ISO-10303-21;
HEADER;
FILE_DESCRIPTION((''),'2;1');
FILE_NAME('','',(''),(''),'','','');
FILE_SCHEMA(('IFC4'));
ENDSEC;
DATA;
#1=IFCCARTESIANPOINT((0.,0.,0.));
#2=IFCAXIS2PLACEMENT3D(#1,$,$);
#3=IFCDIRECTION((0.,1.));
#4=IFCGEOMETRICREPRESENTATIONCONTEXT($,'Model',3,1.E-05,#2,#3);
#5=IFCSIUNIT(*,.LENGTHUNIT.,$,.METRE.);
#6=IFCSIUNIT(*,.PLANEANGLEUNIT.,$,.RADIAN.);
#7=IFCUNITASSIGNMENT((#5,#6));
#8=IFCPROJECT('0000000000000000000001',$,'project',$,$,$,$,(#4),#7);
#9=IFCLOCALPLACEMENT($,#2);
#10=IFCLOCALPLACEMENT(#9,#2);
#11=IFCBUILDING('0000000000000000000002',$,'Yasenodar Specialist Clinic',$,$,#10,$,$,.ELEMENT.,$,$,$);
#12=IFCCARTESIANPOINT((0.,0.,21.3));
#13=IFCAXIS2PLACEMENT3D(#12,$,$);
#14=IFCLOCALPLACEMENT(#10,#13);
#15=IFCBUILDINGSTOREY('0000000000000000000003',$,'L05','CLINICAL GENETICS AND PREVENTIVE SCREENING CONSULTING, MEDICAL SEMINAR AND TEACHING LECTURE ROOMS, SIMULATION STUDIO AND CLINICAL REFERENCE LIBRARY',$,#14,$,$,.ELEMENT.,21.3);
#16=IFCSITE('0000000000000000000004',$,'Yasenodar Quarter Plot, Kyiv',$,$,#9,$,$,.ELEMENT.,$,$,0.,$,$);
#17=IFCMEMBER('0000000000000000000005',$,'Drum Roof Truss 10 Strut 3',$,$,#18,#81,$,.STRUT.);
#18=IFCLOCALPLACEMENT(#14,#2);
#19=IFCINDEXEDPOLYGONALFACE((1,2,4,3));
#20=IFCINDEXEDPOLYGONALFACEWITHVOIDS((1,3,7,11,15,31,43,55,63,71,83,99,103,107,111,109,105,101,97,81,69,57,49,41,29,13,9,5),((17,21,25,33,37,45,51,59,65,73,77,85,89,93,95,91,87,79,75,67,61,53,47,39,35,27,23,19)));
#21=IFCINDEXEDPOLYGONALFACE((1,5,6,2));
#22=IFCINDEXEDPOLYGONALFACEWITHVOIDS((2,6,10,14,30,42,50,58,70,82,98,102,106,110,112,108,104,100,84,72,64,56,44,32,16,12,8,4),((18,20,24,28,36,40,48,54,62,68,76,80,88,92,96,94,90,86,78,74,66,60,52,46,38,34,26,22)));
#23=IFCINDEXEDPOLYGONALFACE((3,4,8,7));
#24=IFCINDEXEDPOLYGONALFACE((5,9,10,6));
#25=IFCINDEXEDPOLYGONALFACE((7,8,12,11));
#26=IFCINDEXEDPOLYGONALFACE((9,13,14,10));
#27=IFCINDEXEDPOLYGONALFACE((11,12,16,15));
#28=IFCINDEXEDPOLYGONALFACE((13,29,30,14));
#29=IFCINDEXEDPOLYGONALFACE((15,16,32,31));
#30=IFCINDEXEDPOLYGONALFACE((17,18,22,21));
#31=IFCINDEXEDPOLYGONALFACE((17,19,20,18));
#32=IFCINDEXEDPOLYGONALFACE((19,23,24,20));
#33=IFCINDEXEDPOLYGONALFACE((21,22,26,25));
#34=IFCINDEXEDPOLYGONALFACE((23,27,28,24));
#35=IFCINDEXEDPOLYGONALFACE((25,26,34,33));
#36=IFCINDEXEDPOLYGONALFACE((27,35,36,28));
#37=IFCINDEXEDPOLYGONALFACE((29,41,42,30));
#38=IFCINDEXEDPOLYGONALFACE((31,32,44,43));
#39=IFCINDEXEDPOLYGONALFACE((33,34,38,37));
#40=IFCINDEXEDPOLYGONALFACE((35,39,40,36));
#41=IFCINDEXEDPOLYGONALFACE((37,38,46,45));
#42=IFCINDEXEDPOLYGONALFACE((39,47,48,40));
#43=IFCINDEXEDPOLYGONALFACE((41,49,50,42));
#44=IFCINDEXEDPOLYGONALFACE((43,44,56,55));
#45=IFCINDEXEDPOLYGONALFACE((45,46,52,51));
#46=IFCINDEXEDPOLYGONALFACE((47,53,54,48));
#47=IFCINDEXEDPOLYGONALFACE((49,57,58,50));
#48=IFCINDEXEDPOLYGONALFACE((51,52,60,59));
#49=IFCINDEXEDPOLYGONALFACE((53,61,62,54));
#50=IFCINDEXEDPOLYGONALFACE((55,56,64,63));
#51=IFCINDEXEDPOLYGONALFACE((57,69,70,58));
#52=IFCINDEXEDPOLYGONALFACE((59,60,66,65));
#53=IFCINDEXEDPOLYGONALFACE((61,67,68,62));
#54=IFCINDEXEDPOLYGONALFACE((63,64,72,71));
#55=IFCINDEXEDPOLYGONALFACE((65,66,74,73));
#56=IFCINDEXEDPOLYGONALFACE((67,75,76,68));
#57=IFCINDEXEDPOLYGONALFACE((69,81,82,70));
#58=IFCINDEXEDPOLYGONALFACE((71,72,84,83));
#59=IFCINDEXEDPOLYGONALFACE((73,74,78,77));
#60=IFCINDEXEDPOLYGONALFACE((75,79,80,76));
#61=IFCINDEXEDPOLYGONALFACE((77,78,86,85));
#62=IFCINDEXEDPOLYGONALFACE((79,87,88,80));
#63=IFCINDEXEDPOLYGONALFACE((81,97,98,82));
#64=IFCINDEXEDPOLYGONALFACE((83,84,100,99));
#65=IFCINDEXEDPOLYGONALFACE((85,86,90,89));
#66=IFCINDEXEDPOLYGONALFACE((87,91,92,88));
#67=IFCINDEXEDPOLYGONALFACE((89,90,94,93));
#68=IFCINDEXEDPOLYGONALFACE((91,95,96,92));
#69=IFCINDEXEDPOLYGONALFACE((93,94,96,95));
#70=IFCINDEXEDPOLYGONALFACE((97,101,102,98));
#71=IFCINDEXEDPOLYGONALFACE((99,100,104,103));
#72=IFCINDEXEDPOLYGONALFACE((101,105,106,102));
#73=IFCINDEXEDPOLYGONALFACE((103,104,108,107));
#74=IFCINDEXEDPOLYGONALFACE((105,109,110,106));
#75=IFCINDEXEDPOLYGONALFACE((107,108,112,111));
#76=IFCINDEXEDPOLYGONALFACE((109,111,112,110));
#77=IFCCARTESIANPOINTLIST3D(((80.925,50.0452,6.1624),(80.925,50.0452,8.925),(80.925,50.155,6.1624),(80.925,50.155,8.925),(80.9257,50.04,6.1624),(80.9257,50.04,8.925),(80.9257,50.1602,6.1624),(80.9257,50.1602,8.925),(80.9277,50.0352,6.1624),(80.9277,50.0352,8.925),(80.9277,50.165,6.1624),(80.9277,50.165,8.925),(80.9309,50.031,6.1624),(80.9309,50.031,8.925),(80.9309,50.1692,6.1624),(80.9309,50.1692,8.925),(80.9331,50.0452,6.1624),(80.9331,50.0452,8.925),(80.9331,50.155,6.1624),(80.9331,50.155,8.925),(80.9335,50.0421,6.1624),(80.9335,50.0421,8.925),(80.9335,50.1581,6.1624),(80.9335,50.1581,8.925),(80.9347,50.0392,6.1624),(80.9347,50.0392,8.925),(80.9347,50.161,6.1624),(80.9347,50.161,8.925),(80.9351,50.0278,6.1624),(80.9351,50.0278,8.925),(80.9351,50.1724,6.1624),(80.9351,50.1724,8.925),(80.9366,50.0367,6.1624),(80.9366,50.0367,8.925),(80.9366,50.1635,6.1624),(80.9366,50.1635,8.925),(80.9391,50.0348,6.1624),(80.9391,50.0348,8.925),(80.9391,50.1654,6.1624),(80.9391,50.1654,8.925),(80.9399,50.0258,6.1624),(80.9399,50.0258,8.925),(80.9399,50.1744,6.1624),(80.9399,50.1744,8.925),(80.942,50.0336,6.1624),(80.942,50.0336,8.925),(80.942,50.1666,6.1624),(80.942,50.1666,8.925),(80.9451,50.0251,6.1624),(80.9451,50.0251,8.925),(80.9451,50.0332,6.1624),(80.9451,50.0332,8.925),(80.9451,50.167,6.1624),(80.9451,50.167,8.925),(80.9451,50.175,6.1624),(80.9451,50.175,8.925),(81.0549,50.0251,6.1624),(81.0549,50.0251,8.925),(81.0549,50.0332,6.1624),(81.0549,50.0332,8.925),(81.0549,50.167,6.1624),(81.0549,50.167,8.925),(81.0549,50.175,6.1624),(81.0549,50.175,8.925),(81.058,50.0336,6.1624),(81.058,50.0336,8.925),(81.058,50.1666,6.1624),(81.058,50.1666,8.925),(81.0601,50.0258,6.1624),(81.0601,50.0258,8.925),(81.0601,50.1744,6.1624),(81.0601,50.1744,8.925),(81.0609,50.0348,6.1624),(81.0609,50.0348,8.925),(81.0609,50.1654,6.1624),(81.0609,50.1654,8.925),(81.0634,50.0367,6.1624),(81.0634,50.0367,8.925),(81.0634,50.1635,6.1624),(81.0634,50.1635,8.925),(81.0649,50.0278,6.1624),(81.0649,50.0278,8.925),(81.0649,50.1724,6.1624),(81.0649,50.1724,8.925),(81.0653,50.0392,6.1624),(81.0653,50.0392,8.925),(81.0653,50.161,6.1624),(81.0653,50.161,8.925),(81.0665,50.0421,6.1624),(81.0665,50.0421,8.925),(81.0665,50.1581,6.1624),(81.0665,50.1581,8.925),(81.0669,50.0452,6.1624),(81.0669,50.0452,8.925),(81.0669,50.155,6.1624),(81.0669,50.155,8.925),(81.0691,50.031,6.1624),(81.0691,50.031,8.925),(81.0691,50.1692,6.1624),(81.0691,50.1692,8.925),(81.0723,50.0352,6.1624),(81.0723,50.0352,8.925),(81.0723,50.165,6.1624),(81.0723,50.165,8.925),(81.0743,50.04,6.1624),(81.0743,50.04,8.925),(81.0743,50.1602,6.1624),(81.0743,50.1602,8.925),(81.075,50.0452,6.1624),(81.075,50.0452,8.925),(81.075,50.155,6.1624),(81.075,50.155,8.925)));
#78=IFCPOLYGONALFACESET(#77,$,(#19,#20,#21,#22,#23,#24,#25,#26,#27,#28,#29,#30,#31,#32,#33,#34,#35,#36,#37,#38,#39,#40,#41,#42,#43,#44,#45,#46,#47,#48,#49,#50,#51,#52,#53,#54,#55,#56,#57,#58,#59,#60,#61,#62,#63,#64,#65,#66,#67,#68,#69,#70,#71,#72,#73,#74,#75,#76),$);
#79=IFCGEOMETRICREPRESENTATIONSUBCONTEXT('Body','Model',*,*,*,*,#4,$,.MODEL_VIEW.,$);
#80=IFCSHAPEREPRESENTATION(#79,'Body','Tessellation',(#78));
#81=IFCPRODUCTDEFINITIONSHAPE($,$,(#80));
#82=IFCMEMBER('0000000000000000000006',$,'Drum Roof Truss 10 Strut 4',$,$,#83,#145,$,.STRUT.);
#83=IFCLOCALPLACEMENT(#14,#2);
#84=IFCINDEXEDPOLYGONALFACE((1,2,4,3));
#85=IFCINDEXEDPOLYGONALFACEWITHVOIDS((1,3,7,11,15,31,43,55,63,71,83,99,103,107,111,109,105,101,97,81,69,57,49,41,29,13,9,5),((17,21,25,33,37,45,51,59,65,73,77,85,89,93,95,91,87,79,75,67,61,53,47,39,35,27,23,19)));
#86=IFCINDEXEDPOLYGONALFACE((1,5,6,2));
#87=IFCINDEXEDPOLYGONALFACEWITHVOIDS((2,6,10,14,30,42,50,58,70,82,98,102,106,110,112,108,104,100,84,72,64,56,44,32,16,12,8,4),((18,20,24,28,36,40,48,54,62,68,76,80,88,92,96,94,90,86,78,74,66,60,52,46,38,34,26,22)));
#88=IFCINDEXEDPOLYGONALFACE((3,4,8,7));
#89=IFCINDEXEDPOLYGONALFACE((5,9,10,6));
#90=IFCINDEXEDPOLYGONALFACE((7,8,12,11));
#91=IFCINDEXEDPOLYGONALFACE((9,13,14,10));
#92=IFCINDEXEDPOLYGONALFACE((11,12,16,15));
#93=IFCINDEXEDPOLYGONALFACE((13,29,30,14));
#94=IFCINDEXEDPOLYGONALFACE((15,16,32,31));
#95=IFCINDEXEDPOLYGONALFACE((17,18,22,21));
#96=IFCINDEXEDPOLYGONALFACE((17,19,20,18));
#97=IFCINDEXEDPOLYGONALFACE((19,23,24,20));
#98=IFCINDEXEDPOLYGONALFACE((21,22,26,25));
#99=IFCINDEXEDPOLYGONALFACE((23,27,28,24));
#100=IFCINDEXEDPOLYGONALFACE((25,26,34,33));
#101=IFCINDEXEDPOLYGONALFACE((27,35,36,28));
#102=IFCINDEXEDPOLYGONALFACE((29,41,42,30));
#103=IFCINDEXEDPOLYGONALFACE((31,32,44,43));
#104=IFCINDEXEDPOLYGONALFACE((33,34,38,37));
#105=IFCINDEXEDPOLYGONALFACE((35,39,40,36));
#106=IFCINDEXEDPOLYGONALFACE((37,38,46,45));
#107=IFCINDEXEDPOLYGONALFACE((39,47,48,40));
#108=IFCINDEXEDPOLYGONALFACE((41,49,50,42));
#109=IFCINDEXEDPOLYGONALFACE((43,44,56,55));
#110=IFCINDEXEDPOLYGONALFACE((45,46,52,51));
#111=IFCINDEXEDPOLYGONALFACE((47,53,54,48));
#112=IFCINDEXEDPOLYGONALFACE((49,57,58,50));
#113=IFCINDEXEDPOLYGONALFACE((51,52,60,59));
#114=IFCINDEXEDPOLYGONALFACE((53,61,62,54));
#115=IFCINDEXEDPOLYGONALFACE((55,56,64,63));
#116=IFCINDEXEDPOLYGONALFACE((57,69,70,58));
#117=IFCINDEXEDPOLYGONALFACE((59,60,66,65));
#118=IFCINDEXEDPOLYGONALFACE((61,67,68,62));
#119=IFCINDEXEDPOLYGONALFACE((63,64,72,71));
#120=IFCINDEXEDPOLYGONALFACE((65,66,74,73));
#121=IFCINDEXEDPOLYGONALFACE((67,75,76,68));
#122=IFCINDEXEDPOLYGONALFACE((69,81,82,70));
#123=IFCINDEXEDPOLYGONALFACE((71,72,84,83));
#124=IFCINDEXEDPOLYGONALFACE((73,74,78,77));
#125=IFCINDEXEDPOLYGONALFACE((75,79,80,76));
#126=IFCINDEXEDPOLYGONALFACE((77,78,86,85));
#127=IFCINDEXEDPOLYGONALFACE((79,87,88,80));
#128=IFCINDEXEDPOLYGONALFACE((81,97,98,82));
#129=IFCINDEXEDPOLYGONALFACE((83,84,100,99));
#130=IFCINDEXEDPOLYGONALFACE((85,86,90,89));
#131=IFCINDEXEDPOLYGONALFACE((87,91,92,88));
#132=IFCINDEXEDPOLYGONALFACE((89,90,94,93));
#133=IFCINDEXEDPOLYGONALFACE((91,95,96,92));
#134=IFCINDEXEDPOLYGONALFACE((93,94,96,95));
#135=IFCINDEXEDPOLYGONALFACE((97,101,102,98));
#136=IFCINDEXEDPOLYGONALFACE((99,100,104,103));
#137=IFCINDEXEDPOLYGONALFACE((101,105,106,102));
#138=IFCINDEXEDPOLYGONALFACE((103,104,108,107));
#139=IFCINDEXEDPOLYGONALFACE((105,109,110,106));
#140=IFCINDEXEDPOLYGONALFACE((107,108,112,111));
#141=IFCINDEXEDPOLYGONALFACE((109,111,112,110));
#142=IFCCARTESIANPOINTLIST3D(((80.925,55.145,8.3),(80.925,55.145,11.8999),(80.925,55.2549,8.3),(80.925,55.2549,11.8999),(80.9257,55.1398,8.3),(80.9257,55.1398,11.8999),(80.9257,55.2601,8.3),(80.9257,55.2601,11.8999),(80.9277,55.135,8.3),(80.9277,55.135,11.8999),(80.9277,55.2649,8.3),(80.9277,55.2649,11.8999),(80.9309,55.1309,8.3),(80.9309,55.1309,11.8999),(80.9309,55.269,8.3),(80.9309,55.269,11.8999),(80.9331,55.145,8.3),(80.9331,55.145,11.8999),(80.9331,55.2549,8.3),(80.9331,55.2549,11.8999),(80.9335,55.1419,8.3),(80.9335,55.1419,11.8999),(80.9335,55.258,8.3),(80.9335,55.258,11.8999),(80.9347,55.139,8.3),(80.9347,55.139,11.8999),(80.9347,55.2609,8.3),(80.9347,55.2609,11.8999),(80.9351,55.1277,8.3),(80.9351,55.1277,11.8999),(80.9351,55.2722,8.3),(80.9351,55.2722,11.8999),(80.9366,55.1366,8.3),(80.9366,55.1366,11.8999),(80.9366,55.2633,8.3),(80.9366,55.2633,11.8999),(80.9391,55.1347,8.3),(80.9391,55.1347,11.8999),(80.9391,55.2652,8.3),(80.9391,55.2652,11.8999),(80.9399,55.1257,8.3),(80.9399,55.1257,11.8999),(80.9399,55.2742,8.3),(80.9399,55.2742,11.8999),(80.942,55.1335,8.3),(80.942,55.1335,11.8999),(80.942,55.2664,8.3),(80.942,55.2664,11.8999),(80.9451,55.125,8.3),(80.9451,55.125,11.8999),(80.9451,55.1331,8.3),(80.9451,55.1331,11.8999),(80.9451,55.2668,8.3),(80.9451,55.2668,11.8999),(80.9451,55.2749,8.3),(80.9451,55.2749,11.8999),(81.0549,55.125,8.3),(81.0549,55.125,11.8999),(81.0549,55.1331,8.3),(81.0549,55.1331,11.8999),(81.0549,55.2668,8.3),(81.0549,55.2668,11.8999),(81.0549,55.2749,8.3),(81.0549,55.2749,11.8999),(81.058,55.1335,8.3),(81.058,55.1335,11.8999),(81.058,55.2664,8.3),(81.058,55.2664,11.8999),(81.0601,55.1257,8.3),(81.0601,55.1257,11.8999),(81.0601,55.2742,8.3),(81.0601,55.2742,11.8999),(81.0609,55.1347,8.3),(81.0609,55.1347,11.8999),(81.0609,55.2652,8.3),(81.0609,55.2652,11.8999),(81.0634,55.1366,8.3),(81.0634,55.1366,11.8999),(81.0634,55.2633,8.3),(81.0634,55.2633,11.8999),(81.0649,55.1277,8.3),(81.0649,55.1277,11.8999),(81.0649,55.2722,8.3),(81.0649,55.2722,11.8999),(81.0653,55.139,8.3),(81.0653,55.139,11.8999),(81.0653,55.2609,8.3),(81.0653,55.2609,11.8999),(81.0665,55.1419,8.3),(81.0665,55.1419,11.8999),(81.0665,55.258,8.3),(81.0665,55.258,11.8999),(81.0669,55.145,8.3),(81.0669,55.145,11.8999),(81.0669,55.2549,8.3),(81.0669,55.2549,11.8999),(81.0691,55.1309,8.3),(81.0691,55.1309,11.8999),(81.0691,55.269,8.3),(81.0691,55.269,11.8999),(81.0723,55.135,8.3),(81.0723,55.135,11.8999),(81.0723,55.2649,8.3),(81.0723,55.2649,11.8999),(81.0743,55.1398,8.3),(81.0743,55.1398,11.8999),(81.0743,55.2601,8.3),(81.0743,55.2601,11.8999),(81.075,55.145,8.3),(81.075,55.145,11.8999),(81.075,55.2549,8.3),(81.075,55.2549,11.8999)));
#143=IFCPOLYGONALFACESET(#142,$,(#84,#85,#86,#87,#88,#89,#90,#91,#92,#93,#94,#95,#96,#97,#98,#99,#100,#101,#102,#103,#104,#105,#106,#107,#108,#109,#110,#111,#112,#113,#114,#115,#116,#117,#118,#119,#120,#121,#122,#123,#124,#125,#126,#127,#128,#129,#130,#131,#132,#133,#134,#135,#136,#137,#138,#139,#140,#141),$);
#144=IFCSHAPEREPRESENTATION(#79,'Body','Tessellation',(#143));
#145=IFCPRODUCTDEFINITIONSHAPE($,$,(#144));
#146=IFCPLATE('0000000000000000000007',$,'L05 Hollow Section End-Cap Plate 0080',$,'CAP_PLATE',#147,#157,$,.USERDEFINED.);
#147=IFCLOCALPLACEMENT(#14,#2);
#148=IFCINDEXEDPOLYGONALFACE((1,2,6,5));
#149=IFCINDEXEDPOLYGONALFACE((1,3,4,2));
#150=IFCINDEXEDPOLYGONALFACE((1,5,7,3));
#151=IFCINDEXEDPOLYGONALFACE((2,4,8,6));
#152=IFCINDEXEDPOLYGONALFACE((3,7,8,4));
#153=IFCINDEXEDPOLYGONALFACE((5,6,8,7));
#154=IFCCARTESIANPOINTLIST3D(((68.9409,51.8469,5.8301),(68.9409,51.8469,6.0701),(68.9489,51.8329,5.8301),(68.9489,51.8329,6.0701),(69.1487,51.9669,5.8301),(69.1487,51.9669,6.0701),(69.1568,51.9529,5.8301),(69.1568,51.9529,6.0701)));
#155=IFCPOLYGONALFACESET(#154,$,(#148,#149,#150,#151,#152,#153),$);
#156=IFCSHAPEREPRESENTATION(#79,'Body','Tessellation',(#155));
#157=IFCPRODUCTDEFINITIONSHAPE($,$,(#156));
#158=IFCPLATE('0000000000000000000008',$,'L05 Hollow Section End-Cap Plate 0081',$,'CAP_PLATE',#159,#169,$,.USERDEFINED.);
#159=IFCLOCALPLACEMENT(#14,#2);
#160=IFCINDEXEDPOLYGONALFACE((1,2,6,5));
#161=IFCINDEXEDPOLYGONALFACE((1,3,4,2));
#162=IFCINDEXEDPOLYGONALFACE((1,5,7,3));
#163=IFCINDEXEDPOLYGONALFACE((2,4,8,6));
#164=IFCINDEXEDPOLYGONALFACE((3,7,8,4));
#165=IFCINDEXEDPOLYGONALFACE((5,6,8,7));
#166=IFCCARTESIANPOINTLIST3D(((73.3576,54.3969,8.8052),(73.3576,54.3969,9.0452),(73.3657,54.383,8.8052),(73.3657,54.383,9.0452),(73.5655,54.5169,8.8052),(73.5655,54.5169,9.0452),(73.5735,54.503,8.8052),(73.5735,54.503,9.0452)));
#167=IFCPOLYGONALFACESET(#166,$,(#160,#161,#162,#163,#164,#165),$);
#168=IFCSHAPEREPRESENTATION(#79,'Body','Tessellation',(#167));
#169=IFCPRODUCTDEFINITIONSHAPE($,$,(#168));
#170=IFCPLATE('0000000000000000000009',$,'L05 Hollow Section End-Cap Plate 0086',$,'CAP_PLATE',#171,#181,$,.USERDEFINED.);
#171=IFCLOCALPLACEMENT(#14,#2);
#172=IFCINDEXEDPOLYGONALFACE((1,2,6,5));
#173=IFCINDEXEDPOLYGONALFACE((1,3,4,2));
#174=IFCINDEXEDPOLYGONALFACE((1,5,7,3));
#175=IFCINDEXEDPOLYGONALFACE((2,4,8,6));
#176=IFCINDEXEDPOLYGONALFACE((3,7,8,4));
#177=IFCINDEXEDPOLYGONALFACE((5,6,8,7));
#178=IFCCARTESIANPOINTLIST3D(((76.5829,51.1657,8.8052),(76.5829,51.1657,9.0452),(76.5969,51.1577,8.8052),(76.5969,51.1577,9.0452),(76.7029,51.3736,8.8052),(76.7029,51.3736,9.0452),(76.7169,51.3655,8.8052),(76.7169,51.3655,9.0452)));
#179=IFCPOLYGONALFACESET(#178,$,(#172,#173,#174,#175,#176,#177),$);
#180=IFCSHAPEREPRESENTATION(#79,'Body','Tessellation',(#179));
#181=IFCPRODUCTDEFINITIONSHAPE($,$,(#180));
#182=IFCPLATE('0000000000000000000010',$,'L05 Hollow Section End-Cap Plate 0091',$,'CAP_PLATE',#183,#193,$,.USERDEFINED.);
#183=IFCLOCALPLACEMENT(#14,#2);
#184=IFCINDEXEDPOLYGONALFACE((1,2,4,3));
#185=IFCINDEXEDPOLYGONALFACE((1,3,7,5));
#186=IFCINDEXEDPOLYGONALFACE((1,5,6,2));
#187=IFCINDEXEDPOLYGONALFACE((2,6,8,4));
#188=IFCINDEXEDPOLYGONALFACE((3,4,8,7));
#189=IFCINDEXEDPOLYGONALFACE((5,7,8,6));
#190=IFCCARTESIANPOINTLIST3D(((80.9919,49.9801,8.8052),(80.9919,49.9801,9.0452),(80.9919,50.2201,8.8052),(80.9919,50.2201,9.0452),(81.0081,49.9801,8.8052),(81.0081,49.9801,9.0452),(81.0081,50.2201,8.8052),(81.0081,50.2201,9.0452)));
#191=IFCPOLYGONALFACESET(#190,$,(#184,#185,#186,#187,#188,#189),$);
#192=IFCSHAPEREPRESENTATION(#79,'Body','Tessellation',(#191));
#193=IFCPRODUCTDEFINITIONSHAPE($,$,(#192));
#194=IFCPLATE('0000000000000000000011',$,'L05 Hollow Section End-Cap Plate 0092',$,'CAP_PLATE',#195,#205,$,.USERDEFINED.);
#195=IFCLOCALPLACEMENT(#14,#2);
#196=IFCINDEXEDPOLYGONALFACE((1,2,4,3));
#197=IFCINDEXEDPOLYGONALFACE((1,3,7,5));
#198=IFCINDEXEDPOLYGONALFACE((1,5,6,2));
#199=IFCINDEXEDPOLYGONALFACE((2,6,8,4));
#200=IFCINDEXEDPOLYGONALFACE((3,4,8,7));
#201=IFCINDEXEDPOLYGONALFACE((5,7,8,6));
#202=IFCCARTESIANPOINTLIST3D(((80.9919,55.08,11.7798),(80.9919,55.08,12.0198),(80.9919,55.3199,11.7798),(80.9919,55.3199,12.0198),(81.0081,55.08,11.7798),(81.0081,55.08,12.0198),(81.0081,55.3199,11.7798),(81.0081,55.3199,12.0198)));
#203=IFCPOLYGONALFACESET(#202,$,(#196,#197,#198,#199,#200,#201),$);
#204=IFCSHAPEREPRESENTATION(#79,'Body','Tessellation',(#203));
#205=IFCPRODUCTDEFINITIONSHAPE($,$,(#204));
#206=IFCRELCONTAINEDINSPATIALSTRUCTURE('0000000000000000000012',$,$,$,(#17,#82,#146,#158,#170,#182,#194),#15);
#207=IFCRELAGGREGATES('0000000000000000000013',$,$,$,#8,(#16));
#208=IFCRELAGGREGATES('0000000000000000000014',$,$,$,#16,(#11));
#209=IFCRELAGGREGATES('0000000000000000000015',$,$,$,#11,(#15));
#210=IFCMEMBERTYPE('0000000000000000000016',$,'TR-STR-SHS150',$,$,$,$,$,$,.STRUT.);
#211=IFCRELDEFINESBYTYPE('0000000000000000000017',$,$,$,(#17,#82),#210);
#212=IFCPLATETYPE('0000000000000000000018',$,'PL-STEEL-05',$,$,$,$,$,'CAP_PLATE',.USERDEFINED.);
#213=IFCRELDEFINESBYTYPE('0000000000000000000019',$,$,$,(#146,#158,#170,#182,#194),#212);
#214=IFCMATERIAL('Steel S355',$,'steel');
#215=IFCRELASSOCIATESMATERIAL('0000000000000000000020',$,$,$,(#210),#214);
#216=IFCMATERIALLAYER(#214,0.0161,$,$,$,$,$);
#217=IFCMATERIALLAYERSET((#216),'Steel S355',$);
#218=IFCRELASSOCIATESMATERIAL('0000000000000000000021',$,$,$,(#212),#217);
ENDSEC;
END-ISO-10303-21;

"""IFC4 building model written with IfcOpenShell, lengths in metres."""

from ifc_helpers import new_model, si_unit, direction, frame, origin, origin_2d, place, context, subcontext, project, spatial, rectangle, hollow_rectangle, extrude, material, layer, layer_set, material_profile, profile_set, type_object, element, save


model = new_model("IFC4")

# Units and contexts
model_context = context("Model", 3, precision=1e-05, world=origin(), true_north=direction((0.0, 1.0)))
body_context = subcontext(model_context, "Body", "Model", "MODEL_VIEW")
ifc_project = project(units=[si_unit("LENGTHUNIT", "METRE"), si_unit("PLANEANGLEUNIT", "RADIAN")], contexts=[model_context])

# Site, building, storey
site_placement = place(None, origin())
site = spatial("IfcSite", under=ifc_project, at=site_placement, Name="Yasenodar Quarter Plot, Kyiv", CompositionType="ELEMENT", RefElevation=0.0)
building_placement = place(site_placement, origin())
building = spatial("IfcBuilding", under=site, at=building_placement, Name="Yasenodar Specialist Clinic", CompositionType="ELEMENT")
storey_placement = place(building_placement, frame((0.0, 0.0, 21.3)))
storey = spatial("IfcBuildingStorey", under=building, at=storey_placement, Name="L05", Description="CLINICAL GENETICS AND PREVENTIVE SCREENING CONSULTING, MEDICAL SEMINAR AND TEACHING LECTURE ROOMS, SIMULATION STUDIO AND CLINICAL REFERENCE LIBRARY", CompositionType="ELEMENT", Elevation=21.3)

# Shared definitions
ifc_material = material(Name="Steel S355", Category="steel")

# Members
ifc_material_profile_1 = material_profile(ifc_material, hollow_rectangle(XDim=0.1499, YDim=0.1499, WallThickness=0.0081, InnerFilletRadius=0.012, OuterFilletRadius=0.02, at=origin_2d()), Name="SHS 150x150x8")
ifc_profile_set_1 = profile_set([ifc_material_profile_1], Name="Steel S355")
member_type_1 = type_object("IfcMemberType", Name="TR-STR-SHS150", PredefinedType="STRUT", material=ifc_profile_set_1)
for number, where, z_axis, x_axis, name in (
    (1, (81.0, 50.1001, 6.1624), (0.0, 0.0, 1.0), (1.0, 0.0, 0.0), "Drum Roof Truss 10 Strut 3"),
):
    element("IfcMember", number, at=place(storey_placement, frame(where, z_axis=z_axis, x_axis=x_axis)), inside=storey, type_object=member_type_1, Name=name, PredefinedType="STRUT", context=body_context, shape_type="SweptSolid", body=[
        extrude(hollow_rectangle(XDim=0.1499, YDim=0.1499, WallThickness=0.0081, InnerFilletRadius=0.012, OuterFilletRadius=0.02, at=origin_2d()), origin(), (0.0, 0.0, 1.0), 2.7627),
    ])
member_1_placement = place(storey_placement, frame((81.0, 55.2, 8.3), z_axis=(0.0, 0.0, 1.0), x_axis=(1.0, 0.0, 0.0)))
element("IfcMember", 2, at=member_1_placement, inside=storey, type_object=member_type_1, Name="Drum Roof Truss 10 Strut 4", PredefinedType="STRUT", context=body_context, shape_type="SweptSolid", body=[
    extrude(hollow_rectangle(XDim=0.1499, YDim=0.1499, WallThickness=0.0081, InnerFilletRadius=0.012, OuterFilletRadius=0.02, at=origin_2d()), origin(), (0.0, 0.0, 1.0), 3.5999),
])

# Plates
ifc_layer = layer(ifc_material, 0.0161)
ifc_layer_set = layer_set([ifc_layer], Name="Steel S355")
plate_type = type_object("IfcPlateType", Name="PL-STEEL-05", ElementType="CAP_PLATE", PredefinedType="USERDEFINED", material=ifc_layer_set)
for number, where, z_axis, x_axis, name in (
    (3, (69.0488, 51.8999, 5.8301), (0.0, 0.0, 1.0), (-0.866025, -0.5, 0.0), "L05 Hollow Section End-Cap Plate 0080"),
    (4, (73.4656, 54.45, 8.8052), (0.0, 0.0, 1.0), (-0.866025, -0.5, 0.0), "L05 Hollow Section End-Cap Plate 0081"),
    (5, (76.6499, 51.2656, 8.8052), (0.0, 0.0, 1.0), (-0.5, -0.866025, 0.0), "L05 Hollow Section End-Cap Plate 0086"),
    (6, (81.0, 50.1001, 8.8052), (0.0, 0.0, 1.0), (0.0, -1.0, 0.0), "L05 Hollow Section End-Cap Plate 0091"),
    (7, (81.0, 55.2, 11.7798), (0.0, 0.0, 1.0), (0.0, -1.0, 0.0), "L05 Hollow Section End-Cap Plate 0092"),
):
    element("IfcPlate", number, at=place(storey_placement, frame(where, z_axis=z_axis, x_axis=x_axis)), inside=storey, type_object=plate_type, Name=name, ObjectType="CAP_PLATE", PredefinedType="USERDEFINED", context=body_context, shape_type="SweptSolid", body=[
        extrude(rectangle(XDim=0.24, YDim=0.0161, at=origin_2d()), origin(), (0.0, 0.0, 1.0), 0.24),
    ])

save(model, "model.ifc")
